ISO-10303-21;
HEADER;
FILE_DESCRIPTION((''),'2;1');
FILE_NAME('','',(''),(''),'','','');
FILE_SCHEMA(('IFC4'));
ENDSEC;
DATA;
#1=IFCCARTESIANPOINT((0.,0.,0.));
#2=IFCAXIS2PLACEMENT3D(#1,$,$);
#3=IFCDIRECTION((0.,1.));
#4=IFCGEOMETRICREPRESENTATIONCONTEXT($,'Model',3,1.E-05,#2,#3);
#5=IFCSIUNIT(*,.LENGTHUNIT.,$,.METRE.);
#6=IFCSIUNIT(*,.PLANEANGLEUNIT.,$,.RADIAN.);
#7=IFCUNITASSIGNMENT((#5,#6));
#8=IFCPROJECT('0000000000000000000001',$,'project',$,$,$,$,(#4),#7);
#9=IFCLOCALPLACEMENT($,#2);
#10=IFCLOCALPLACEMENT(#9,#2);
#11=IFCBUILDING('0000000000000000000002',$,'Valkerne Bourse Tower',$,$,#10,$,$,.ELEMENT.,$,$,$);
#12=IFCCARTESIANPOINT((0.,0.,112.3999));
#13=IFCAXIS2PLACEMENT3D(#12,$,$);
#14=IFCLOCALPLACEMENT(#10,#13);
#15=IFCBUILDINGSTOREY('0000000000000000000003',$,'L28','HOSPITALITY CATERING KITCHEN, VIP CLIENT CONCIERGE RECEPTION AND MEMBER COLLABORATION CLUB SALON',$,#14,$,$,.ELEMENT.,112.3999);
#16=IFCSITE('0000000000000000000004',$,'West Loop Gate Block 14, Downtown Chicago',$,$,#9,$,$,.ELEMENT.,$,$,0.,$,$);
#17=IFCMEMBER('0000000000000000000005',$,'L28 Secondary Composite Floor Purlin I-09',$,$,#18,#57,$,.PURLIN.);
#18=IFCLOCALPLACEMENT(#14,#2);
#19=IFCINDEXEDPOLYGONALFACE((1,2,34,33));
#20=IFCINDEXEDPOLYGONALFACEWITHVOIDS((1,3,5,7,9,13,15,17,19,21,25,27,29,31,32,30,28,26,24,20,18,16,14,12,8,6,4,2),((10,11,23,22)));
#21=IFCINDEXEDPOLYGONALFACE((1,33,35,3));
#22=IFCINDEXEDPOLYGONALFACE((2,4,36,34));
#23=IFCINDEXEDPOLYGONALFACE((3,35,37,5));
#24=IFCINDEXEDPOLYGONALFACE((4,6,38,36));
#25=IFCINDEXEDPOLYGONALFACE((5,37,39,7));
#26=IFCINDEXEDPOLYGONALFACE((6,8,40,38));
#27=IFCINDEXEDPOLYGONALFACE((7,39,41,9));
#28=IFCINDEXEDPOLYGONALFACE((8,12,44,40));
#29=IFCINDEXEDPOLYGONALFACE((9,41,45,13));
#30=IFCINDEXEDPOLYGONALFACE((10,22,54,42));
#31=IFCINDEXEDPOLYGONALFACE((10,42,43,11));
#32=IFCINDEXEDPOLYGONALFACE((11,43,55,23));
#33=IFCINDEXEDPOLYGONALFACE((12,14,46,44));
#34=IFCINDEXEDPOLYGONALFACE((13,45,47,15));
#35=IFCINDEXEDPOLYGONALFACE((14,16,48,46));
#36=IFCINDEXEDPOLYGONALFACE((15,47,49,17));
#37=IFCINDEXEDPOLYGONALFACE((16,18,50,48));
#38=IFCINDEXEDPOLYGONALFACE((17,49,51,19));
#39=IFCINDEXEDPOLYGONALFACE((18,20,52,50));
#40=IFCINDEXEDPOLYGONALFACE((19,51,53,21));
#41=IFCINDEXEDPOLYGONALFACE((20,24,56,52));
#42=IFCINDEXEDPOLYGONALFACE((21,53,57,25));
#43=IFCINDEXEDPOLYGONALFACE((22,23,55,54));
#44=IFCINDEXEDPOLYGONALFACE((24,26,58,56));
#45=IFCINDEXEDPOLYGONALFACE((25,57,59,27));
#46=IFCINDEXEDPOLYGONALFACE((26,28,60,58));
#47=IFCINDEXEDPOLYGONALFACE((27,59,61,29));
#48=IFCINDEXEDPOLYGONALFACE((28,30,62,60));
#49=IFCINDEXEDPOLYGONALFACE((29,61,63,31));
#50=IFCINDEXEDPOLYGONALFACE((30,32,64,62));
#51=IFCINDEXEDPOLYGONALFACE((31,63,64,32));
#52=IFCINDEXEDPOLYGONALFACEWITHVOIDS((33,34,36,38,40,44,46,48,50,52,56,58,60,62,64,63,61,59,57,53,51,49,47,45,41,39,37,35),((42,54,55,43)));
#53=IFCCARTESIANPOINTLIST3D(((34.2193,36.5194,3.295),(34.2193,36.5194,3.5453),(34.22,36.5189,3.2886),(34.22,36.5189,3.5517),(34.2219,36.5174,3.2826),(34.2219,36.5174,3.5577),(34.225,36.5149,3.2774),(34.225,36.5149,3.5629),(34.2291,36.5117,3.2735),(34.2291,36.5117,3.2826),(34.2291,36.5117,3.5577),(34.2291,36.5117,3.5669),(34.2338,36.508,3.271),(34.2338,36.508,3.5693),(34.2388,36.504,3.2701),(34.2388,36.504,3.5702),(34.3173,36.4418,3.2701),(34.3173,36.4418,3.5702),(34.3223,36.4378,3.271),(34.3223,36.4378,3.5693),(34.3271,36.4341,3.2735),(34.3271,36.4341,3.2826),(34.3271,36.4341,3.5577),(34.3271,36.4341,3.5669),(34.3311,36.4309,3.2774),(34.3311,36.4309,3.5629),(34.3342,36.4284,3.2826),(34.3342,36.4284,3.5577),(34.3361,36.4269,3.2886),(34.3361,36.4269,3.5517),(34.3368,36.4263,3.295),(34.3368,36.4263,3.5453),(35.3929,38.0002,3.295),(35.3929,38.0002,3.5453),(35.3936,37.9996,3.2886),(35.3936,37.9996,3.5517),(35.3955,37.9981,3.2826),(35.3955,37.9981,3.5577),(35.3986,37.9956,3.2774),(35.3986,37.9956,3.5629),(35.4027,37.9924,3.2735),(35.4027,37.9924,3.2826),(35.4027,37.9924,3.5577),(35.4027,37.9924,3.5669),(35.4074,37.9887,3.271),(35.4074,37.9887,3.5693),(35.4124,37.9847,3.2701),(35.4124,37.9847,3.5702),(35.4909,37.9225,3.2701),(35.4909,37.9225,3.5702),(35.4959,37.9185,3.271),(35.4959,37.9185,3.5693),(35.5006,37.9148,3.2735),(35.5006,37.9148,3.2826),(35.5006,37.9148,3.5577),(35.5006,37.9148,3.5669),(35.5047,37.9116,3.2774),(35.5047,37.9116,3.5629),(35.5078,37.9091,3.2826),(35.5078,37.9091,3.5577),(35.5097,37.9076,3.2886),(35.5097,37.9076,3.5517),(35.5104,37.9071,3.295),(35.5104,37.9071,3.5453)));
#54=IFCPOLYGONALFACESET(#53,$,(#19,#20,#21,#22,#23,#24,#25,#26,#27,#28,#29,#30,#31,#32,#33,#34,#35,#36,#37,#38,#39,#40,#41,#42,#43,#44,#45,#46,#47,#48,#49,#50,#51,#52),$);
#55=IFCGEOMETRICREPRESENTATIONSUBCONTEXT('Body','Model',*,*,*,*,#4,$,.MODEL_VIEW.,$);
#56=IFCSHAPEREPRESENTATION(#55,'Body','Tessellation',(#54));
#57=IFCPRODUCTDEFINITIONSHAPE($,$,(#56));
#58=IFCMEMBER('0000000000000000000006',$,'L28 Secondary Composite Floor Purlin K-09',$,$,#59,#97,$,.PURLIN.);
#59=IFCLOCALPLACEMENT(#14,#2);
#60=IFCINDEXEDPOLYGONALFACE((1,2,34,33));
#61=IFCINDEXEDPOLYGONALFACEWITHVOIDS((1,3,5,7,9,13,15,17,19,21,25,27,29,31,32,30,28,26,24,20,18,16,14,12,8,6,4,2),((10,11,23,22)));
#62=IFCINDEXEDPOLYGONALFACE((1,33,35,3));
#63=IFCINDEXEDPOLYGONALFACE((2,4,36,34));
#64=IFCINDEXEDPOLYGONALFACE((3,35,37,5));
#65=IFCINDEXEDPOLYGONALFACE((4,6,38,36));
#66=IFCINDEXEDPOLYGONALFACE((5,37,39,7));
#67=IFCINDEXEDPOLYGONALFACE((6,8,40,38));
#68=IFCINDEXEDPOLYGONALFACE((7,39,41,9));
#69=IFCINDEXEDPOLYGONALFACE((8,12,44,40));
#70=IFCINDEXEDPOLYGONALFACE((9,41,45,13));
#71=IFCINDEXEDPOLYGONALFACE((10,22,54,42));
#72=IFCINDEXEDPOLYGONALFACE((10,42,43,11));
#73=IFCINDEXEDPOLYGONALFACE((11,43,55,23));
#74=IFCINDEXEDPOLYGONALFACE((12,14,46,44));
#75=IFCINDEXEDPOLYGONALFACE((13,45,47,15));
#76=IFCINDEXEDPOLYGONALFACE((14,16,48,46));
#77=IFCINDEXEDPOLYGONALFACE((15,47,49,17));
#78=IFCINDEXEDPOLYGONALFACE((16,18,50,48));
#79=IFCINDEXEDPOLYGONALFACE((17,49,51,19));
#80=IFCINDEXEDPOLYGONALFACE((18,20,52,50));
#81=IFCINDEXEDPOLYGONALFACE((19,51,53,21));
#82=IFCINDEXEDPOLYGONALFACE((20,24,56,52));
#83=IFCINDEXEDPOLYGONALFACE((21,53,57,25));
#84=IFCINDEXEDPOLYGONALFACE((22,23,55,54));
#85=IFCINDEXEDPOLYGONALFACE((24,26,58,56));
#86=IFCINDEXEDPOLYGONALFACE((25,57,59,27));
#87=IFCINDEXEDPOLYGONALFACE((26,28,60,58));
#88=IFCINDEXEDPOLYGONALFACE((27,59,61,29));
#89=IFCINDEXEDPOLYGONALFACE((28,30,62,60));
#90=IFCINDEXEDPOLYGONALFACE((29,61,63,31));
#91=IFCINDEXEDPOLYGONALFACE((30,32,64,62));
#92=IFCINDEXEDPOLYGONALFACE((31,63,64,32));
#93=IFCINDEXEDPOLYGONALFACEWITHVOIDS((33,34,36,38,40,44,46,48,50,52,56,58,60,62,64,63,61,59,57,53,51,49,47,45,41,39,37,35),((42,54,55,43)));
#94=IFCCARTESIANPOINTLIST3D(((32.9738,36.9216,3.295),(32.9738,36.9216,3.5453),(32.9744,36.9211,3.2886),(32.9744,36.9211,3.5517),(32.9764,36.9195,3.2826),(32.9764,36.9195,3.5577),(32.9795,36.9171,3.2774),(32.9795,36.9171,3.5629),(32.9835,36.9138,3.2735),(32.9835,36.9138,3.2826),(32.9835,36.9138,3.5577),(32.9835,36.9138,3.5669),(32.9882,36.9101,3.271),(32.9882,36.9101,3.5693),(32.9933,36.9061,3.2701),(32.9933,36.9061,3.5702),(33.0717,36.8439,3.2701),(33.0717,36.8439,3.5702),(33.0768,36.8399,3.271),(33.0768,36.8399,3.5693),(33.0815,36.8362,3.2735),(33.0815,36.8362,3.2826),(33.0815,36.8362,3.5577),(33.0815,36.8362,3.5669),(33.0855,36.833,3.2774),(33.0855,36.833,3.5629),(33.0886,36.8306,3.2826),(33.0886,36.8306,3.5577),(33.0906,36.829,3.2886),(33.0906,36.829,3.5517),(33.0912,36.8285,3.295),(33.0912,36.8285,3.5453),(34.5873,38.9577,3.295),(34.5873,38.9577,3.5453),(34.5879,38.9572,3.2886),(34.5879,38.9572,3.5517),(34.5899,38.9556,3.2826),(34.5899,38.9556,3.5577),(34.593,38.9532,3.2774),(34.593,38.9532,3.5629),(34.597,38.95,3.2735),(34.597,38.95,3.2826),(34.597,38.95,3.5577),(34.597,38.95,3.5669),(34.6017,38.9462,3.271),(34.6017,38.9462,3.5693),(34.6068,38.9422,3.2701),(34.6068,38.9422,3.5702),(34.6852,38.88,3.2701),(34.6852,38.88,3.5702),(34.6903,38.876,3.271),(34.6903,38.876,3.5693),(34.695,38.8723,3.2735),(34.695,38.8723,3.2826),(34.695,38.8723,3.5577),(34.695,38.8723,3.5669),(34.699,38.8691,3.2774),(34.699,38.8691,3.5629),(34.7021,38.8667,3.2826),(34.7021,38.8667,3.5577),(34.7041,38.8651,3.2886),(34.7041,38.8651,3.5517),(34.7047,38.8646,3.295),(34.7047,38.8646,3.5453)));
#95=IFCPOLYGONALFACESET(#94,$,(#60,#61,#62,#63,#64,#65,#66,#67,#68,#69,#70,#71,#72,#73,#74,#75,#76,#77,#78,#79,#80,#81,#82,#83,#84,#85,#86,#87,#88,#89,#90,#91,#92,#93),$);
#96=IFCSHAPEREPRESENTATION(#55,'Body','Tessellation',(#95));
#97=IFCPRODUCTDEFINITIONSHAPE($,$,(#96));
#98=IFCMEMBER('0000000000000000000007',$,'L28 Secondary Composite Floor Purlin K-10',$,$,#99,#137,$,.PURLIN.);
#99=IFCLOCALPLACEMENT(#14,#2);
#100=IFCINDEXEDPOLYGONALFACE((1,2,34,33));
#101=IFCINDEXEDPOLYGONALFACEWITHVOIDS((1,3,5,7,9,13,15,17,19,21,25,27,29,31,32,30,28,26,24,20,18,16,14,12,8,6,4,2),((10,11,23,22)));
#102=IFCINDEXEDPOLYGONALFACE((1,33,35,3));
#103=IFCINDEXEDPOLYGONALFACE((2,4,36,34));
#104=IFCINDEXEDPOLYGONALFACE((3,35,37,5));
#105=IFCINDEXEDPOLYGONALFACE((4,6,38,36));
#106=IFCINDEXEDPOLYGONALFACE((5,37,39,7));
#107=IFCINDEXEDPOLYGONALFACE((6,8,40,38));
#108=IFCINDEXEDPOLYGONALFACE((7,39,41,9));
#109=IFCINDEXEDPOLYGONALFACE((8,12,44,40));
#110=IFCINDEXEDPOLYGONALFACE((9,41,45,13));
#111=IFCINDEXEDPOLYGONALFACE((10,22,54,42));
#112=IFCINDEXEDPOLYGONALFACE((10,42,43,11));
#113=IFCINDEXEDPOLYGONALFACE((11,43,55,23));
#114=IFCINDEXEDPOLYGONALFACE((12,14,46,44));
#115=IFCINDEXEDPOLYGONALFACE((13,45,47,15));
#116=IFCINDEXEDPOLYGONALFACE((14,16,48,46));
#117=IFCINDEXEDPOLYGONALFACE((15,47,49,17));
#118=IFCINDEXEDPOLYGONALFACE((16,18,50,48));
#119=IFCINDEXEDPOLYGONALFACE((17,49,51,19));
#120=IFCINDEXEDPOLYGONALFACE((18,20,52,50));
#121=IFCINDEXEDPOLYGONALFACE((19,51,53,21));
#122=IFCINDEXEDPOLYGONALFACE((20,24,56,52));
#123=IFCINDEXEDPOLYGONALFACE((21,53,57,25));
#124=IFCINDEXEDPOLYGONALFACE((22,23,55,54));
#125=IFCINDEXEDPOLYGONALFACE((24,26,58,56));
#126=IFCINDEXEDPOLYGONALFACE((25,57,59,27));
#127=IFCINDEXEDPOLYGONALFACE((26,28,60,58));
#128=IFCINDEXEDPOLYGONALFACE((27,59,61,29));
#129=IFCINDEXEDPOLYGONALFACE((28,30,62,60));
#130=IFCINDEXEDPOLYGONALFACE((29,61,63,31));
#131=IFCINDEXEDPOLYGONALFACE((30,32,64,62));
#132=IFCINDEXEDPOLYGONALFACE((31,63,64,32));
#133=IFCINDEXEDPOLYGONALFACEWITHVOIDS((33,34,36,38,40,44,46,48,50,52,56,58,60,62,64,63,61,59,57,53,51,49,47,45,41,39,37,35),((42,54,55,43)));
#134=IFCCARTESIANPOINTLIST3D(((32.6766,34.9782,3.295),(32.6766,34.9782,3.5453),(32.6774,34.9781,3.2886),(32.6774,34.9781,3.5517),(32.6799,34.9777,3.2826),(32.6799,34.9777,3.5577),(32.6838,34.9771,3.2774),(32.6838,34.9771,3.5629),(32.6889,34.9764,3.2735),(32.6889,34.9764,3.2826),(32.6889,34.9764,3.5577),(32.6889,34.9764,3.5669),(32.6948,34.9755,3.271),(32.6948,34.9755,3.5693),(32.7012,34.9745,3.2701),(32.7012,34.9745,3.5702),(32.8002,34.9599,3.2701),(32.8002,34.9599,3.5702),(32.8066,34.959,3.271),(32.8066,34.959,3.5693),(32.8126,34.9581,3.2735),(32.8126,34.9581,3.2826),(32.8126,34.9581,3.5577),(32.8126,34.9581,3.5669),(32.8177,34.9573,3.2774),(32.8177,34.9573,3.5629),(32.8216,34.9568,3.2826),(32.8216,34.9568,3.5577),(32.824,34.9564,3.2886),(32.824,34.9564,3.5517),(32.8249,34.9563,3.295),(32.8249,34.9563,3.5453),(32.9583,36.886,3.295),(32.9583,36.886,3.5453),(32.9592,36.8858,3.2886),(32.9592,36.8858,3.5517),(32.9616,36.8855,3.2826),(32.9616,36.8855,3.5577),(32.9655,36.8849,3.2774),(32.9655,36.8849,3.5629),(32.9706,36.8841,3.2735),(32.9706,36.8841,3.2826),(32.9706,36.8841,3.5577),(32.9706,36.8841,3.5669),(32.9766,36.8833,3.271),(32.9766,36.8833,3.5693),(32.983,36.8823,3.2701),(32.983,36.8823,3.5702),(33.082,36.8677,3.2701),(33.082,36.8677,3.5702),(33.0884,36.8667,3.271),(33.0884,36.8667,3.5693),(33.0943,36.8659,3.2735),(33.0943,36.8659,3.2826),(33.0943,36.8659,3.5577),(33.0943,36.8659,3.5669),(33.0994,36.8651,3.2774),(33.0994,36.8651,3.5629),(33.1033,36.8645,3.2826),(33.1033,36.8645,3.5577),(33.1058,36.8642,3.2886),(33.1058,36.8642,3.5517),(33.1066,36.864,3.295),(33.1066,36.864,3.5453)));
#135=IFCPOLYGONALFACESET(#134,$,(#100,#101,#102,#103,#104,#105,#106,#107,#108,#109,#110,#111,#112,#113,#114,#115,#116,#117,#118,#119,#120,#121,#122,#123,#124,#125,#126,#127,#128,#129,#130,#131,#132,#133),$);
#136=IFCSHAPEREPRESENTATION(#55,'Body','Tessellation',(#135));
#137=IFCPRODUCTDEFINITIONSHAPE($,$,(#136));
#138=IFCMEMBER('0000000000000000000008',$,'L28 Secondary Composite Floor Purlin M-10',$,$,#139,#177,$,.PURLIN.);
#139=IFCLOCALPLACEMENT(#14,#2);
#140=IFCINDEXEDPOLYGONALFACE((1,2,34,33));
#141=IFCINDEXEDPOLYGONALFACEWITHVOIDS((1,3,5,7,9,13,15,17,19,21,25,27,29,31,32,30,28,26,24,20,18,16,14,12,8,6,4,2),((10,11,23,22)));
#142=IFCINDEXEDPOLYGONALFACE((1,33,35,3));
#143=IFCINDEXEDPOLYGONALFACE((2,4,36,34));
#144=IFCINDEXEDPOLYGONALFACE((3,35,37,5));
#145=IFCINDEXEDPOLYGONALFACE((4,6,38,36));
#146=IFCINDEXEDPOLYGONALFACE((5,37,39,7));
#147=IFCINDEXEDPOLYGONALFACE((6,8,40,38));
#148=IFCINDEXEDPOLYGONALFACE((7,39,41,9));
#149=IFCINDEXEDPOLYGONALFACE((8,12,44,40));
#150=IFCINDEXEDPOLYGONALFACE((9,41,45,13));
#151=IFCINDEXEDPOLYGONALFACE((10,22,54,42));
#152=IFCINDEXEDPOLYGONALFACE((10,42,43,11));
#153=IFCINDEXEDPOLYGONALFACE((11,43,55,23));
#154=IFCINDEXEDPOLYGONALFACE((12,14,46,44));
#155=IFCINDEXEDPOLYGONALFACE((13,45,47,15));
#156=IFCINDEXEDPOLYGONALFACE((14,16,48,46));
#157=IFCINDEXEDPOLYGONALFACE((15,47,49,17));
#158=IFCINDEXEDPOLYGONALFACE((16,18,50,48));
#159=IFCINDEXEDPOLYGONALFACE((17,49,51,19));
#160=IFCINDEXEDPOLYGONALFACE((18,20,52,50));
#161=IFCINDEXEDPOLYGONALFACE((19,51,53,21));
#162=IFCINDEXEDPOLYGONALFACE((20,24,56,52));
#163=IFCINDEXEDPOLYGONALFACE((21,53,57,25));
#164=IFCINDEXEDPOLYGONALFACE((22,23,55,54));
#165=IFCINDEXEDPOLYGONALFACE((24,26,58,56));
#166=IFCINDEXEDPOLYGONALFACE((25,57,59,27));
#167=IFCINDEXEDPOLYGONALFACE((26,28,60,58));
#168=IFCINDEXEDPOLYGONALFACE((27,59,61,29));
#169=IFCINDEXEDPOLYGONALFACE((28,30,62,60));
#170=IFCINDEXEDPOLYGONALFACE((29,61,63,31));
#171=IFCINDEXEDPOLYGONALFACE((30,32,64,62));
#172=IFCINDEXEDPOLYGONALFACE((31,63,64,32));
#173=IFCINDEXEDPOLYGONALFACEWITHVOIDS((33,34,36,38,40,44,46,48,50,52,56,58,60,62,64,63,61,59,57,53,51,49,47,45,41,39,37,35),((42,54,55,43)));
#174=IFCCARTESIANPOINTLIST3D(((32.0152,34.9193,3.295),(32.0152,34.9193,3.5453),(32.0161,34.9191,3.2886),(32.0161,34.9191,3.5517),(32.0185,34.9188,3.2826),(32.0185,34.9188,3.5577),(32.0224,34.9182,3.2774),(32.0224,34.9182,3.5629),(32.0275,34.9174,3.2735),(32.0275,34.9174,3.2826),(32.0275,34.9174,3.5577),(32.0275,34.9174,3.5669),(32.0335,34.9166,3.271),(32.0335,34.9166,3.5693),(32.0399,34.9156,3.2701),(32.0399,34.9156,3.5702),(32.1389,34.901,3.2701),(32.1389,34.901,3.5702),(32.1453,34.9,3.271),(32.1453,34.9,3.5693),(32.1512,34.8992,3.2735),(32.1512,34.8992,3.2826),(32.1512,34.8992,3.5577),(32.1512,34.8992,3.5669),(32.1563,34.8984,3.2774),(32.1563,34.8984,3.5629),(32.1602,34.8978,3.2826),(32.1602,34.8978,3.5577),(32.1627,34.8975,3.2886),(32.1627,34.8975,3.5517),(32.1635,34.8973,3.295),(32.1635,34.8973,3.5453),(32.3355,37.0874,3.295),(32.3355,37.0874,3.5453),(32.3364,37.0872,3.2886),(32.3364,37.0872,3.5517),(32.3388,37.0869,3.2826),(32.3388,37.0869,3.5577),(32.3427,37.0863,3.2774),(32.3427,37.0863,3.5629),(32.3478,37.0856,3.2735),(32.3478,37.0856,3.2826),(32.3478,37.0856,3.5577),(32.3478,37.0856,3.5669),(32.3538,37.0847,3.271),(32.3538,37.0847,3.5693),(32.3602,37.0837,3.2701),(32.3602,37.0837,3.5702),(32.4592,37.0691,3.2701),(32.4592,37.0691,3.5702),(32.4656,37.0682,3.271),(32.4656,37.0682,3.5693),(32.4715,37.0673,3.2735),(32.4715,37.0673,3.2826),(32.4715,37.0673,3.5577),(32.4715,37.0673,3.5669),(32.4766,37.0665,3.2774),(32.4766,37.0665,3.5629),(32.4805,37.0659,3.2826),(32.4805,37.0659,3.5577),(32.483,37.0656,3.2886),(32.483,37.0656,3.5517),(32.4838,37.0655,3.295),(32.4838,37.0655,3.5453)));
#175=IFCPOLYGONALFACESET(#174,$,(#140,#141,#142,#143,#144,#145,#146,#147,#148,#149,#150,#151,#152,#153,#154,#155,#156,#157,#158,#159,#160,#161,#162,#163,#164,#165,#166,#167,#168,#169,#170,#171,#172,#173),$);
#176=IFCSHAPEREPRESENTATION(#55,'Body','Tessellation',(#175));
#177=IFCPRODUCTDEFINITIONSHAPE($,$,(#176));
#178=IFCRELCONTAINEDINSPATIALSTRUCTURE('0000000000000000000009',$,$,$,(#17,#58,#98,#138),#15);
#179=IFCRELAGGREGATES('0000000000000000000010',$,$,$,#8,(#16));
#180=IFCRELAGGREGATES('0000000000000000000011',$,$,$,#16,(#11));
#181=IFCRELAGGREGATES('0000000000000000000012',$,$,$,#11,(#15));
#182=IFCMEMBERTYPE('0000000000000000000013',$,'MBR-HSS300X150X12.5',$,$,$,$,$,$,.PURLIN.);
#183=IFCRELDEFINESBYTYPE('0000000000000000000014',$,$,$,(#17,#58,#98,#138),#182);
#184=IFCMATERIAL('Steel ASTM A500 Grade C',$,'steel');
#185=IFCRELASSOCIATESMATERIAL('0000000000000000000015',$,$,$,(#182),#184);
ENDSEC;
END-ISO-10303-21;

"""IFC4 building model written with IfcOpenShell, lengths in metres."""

from ifc_helpers import new_model, si_unit, direction, frame, origin, origin_2d, place, context, subcontext, project, spatial, hollow_rectangle, extrude, material, material_profile, profile_set, type_object, element, save


model = new_model("IFC4")

# Units and contexts
model_context = context("Model", 3, precision=1e-05, world=origin(), true_north=direction((0.0, 1.0)))
body_context = subcontext(model_context, "Body", "Model", "MODEL_VIEW")
ifc_project = project(units=[si_unit("LENGTHUNIT", "METRE"), si_unit("PLANEANGLEUNIT", "RADIAN")], contexts=[model_context])

# Site, building, storey
site_placement = place(None, origin())
site = spatial("IfcSite", under=ifc_project, at=site_placement, Name="West Loop Gate Block 14, Downtown Chicago", CompositionType="ELEMENT", RefElevation=0.0)
building_placement = place(site_placement, origin())
building = spatial("IfcBuilding", under=site, at=building_placement, Name="Valkerne Bourse Tower", CompositionType="ELEMENT")
storey_placement = place(building_placement, frame((0.0, 0.0, 112.3999)))
storey = spatial("IfcBuildingStorey", under=building, at=storey_placement, Name="L28", Description="HOSPITALITY CATERING KITCHEN, VIP CLIENT CONCIERGE RECEPTION AND MEMBER COLLABORATION CLUB SALON", CompositionType="ELEMENT", Elevation=112.3999)

# Members
ifc_material_1 = material(Name="Steel ASTM A500 Grade C", Category="steel")
ifc_material_profile_1 = material_profile(ifc_material_1, hollow_rectangle(XDim=0.1499, YDim=0.3, WallThickness=0.0125, OuterFilletRadius=0.0249, at=origin_2d()), Name="HSS300X150X12.5")
ifc_profile_set_1 = profile_set([ifc_material_profile_1], Name="Steel ASTM A500 Grade C")
member_type_1 = type_object("IfcMemberType", Name="MBR-HSS300X150X12.5", PredefinedType="PURLIN", material=ifc_profile_set_1)
member_1_placement = place(storey_placement, frame((35.4517, 37.9536, 3.4202), z_axis=(-0.621143, -0.783697, 0.0), x_axis=(0.783697, -0.621143, 0.0)))
element("IfcMember", 1, at=member_1_placement, inside=storey, type_object=member_type_1, Name="L28 Secondary Composite Floor Purlin I-09", PredefinedType="PURLIN", context=body_context, shape_type="SweptSolid", body=[
    extrude(hollow_rectangle(XDim=0.1499, YDim=0.3, WallThickness=0.0125, OuterFilletRadius=0.0249, at=origin_2d()), origin(), (0.0, 0.0, 1.0), 1.8894),
])
member_2_placement = place(storey_placement, frame((34.646, 38.9111, 3.4202), z_axis=(-0.621078, -0.783748, 0.0), x_axis=(0.783748, -0.621078, 0.0)))
element("IfcMember", 2, at=member_2_placement, inside=storey, type_object=member_type_1, Name="L28 Secondary Composite Floor Purlin K-09", PredefinedType="PURLIN", context=body_context, shape_type="SweptSolid", body=[
    extrude(hollow_rectangle(XDim=0.1499, YDim=0.3, WallThickness=0.0125, OuterFilletRadius=0.0249, at=origin_2d()), origin(), (0.0, 0.0, 1.0), 2.5979),
])
member_3_placement = place(storey_placement, frame((33.0325, 36.875, 3.4202), z_axis=(-0.146099, -0.98927, 0.0), x_axis=(0.98927, -0.146099, 0.0)))
element("IfcMember", 3, at=member_3_placement, inside=storey, type_object=member_type_1, Name="L28 Secondary Composite Floor Purlin K-10", PredefinedType="PURLIN", context=body_context, shape_type="SweptSolid", body=[
    extrude(hollow_rectangle(XDim=0.1499, YDim=0.3, WallThickness=0.0125, OuterFilletRadius=0.0249, at=origin_2d()), origin(), (0.0, 0.0, 1.0), 1.9285),
])
member_4_placement = place(storey_placement, frame((32.4097, 37.0764, 3.4202), z_axis=(-0.146145, -0.989263, 0.0), x_axis=(0.989263, -0.146145, 0.0)))
element("IfcMember", 4, at=member_4_placement, inside=storey, type_object=member_type_1, Name="L28 Secondary Composite Floor Purlin M-10", PredefinedType="PURLIN", context=body_context, shape_type="SweptSolid", body=[
    extrude(hollow_rectangle(XDim=0.1499, YDim=0.3, WallThickness=0.0125, OuterFilletRadius=0.0249, at=origin_2d()), origin(), (0.0, 0.0, 1.0), 2.1917),
])

save(model, "model.ifc")
